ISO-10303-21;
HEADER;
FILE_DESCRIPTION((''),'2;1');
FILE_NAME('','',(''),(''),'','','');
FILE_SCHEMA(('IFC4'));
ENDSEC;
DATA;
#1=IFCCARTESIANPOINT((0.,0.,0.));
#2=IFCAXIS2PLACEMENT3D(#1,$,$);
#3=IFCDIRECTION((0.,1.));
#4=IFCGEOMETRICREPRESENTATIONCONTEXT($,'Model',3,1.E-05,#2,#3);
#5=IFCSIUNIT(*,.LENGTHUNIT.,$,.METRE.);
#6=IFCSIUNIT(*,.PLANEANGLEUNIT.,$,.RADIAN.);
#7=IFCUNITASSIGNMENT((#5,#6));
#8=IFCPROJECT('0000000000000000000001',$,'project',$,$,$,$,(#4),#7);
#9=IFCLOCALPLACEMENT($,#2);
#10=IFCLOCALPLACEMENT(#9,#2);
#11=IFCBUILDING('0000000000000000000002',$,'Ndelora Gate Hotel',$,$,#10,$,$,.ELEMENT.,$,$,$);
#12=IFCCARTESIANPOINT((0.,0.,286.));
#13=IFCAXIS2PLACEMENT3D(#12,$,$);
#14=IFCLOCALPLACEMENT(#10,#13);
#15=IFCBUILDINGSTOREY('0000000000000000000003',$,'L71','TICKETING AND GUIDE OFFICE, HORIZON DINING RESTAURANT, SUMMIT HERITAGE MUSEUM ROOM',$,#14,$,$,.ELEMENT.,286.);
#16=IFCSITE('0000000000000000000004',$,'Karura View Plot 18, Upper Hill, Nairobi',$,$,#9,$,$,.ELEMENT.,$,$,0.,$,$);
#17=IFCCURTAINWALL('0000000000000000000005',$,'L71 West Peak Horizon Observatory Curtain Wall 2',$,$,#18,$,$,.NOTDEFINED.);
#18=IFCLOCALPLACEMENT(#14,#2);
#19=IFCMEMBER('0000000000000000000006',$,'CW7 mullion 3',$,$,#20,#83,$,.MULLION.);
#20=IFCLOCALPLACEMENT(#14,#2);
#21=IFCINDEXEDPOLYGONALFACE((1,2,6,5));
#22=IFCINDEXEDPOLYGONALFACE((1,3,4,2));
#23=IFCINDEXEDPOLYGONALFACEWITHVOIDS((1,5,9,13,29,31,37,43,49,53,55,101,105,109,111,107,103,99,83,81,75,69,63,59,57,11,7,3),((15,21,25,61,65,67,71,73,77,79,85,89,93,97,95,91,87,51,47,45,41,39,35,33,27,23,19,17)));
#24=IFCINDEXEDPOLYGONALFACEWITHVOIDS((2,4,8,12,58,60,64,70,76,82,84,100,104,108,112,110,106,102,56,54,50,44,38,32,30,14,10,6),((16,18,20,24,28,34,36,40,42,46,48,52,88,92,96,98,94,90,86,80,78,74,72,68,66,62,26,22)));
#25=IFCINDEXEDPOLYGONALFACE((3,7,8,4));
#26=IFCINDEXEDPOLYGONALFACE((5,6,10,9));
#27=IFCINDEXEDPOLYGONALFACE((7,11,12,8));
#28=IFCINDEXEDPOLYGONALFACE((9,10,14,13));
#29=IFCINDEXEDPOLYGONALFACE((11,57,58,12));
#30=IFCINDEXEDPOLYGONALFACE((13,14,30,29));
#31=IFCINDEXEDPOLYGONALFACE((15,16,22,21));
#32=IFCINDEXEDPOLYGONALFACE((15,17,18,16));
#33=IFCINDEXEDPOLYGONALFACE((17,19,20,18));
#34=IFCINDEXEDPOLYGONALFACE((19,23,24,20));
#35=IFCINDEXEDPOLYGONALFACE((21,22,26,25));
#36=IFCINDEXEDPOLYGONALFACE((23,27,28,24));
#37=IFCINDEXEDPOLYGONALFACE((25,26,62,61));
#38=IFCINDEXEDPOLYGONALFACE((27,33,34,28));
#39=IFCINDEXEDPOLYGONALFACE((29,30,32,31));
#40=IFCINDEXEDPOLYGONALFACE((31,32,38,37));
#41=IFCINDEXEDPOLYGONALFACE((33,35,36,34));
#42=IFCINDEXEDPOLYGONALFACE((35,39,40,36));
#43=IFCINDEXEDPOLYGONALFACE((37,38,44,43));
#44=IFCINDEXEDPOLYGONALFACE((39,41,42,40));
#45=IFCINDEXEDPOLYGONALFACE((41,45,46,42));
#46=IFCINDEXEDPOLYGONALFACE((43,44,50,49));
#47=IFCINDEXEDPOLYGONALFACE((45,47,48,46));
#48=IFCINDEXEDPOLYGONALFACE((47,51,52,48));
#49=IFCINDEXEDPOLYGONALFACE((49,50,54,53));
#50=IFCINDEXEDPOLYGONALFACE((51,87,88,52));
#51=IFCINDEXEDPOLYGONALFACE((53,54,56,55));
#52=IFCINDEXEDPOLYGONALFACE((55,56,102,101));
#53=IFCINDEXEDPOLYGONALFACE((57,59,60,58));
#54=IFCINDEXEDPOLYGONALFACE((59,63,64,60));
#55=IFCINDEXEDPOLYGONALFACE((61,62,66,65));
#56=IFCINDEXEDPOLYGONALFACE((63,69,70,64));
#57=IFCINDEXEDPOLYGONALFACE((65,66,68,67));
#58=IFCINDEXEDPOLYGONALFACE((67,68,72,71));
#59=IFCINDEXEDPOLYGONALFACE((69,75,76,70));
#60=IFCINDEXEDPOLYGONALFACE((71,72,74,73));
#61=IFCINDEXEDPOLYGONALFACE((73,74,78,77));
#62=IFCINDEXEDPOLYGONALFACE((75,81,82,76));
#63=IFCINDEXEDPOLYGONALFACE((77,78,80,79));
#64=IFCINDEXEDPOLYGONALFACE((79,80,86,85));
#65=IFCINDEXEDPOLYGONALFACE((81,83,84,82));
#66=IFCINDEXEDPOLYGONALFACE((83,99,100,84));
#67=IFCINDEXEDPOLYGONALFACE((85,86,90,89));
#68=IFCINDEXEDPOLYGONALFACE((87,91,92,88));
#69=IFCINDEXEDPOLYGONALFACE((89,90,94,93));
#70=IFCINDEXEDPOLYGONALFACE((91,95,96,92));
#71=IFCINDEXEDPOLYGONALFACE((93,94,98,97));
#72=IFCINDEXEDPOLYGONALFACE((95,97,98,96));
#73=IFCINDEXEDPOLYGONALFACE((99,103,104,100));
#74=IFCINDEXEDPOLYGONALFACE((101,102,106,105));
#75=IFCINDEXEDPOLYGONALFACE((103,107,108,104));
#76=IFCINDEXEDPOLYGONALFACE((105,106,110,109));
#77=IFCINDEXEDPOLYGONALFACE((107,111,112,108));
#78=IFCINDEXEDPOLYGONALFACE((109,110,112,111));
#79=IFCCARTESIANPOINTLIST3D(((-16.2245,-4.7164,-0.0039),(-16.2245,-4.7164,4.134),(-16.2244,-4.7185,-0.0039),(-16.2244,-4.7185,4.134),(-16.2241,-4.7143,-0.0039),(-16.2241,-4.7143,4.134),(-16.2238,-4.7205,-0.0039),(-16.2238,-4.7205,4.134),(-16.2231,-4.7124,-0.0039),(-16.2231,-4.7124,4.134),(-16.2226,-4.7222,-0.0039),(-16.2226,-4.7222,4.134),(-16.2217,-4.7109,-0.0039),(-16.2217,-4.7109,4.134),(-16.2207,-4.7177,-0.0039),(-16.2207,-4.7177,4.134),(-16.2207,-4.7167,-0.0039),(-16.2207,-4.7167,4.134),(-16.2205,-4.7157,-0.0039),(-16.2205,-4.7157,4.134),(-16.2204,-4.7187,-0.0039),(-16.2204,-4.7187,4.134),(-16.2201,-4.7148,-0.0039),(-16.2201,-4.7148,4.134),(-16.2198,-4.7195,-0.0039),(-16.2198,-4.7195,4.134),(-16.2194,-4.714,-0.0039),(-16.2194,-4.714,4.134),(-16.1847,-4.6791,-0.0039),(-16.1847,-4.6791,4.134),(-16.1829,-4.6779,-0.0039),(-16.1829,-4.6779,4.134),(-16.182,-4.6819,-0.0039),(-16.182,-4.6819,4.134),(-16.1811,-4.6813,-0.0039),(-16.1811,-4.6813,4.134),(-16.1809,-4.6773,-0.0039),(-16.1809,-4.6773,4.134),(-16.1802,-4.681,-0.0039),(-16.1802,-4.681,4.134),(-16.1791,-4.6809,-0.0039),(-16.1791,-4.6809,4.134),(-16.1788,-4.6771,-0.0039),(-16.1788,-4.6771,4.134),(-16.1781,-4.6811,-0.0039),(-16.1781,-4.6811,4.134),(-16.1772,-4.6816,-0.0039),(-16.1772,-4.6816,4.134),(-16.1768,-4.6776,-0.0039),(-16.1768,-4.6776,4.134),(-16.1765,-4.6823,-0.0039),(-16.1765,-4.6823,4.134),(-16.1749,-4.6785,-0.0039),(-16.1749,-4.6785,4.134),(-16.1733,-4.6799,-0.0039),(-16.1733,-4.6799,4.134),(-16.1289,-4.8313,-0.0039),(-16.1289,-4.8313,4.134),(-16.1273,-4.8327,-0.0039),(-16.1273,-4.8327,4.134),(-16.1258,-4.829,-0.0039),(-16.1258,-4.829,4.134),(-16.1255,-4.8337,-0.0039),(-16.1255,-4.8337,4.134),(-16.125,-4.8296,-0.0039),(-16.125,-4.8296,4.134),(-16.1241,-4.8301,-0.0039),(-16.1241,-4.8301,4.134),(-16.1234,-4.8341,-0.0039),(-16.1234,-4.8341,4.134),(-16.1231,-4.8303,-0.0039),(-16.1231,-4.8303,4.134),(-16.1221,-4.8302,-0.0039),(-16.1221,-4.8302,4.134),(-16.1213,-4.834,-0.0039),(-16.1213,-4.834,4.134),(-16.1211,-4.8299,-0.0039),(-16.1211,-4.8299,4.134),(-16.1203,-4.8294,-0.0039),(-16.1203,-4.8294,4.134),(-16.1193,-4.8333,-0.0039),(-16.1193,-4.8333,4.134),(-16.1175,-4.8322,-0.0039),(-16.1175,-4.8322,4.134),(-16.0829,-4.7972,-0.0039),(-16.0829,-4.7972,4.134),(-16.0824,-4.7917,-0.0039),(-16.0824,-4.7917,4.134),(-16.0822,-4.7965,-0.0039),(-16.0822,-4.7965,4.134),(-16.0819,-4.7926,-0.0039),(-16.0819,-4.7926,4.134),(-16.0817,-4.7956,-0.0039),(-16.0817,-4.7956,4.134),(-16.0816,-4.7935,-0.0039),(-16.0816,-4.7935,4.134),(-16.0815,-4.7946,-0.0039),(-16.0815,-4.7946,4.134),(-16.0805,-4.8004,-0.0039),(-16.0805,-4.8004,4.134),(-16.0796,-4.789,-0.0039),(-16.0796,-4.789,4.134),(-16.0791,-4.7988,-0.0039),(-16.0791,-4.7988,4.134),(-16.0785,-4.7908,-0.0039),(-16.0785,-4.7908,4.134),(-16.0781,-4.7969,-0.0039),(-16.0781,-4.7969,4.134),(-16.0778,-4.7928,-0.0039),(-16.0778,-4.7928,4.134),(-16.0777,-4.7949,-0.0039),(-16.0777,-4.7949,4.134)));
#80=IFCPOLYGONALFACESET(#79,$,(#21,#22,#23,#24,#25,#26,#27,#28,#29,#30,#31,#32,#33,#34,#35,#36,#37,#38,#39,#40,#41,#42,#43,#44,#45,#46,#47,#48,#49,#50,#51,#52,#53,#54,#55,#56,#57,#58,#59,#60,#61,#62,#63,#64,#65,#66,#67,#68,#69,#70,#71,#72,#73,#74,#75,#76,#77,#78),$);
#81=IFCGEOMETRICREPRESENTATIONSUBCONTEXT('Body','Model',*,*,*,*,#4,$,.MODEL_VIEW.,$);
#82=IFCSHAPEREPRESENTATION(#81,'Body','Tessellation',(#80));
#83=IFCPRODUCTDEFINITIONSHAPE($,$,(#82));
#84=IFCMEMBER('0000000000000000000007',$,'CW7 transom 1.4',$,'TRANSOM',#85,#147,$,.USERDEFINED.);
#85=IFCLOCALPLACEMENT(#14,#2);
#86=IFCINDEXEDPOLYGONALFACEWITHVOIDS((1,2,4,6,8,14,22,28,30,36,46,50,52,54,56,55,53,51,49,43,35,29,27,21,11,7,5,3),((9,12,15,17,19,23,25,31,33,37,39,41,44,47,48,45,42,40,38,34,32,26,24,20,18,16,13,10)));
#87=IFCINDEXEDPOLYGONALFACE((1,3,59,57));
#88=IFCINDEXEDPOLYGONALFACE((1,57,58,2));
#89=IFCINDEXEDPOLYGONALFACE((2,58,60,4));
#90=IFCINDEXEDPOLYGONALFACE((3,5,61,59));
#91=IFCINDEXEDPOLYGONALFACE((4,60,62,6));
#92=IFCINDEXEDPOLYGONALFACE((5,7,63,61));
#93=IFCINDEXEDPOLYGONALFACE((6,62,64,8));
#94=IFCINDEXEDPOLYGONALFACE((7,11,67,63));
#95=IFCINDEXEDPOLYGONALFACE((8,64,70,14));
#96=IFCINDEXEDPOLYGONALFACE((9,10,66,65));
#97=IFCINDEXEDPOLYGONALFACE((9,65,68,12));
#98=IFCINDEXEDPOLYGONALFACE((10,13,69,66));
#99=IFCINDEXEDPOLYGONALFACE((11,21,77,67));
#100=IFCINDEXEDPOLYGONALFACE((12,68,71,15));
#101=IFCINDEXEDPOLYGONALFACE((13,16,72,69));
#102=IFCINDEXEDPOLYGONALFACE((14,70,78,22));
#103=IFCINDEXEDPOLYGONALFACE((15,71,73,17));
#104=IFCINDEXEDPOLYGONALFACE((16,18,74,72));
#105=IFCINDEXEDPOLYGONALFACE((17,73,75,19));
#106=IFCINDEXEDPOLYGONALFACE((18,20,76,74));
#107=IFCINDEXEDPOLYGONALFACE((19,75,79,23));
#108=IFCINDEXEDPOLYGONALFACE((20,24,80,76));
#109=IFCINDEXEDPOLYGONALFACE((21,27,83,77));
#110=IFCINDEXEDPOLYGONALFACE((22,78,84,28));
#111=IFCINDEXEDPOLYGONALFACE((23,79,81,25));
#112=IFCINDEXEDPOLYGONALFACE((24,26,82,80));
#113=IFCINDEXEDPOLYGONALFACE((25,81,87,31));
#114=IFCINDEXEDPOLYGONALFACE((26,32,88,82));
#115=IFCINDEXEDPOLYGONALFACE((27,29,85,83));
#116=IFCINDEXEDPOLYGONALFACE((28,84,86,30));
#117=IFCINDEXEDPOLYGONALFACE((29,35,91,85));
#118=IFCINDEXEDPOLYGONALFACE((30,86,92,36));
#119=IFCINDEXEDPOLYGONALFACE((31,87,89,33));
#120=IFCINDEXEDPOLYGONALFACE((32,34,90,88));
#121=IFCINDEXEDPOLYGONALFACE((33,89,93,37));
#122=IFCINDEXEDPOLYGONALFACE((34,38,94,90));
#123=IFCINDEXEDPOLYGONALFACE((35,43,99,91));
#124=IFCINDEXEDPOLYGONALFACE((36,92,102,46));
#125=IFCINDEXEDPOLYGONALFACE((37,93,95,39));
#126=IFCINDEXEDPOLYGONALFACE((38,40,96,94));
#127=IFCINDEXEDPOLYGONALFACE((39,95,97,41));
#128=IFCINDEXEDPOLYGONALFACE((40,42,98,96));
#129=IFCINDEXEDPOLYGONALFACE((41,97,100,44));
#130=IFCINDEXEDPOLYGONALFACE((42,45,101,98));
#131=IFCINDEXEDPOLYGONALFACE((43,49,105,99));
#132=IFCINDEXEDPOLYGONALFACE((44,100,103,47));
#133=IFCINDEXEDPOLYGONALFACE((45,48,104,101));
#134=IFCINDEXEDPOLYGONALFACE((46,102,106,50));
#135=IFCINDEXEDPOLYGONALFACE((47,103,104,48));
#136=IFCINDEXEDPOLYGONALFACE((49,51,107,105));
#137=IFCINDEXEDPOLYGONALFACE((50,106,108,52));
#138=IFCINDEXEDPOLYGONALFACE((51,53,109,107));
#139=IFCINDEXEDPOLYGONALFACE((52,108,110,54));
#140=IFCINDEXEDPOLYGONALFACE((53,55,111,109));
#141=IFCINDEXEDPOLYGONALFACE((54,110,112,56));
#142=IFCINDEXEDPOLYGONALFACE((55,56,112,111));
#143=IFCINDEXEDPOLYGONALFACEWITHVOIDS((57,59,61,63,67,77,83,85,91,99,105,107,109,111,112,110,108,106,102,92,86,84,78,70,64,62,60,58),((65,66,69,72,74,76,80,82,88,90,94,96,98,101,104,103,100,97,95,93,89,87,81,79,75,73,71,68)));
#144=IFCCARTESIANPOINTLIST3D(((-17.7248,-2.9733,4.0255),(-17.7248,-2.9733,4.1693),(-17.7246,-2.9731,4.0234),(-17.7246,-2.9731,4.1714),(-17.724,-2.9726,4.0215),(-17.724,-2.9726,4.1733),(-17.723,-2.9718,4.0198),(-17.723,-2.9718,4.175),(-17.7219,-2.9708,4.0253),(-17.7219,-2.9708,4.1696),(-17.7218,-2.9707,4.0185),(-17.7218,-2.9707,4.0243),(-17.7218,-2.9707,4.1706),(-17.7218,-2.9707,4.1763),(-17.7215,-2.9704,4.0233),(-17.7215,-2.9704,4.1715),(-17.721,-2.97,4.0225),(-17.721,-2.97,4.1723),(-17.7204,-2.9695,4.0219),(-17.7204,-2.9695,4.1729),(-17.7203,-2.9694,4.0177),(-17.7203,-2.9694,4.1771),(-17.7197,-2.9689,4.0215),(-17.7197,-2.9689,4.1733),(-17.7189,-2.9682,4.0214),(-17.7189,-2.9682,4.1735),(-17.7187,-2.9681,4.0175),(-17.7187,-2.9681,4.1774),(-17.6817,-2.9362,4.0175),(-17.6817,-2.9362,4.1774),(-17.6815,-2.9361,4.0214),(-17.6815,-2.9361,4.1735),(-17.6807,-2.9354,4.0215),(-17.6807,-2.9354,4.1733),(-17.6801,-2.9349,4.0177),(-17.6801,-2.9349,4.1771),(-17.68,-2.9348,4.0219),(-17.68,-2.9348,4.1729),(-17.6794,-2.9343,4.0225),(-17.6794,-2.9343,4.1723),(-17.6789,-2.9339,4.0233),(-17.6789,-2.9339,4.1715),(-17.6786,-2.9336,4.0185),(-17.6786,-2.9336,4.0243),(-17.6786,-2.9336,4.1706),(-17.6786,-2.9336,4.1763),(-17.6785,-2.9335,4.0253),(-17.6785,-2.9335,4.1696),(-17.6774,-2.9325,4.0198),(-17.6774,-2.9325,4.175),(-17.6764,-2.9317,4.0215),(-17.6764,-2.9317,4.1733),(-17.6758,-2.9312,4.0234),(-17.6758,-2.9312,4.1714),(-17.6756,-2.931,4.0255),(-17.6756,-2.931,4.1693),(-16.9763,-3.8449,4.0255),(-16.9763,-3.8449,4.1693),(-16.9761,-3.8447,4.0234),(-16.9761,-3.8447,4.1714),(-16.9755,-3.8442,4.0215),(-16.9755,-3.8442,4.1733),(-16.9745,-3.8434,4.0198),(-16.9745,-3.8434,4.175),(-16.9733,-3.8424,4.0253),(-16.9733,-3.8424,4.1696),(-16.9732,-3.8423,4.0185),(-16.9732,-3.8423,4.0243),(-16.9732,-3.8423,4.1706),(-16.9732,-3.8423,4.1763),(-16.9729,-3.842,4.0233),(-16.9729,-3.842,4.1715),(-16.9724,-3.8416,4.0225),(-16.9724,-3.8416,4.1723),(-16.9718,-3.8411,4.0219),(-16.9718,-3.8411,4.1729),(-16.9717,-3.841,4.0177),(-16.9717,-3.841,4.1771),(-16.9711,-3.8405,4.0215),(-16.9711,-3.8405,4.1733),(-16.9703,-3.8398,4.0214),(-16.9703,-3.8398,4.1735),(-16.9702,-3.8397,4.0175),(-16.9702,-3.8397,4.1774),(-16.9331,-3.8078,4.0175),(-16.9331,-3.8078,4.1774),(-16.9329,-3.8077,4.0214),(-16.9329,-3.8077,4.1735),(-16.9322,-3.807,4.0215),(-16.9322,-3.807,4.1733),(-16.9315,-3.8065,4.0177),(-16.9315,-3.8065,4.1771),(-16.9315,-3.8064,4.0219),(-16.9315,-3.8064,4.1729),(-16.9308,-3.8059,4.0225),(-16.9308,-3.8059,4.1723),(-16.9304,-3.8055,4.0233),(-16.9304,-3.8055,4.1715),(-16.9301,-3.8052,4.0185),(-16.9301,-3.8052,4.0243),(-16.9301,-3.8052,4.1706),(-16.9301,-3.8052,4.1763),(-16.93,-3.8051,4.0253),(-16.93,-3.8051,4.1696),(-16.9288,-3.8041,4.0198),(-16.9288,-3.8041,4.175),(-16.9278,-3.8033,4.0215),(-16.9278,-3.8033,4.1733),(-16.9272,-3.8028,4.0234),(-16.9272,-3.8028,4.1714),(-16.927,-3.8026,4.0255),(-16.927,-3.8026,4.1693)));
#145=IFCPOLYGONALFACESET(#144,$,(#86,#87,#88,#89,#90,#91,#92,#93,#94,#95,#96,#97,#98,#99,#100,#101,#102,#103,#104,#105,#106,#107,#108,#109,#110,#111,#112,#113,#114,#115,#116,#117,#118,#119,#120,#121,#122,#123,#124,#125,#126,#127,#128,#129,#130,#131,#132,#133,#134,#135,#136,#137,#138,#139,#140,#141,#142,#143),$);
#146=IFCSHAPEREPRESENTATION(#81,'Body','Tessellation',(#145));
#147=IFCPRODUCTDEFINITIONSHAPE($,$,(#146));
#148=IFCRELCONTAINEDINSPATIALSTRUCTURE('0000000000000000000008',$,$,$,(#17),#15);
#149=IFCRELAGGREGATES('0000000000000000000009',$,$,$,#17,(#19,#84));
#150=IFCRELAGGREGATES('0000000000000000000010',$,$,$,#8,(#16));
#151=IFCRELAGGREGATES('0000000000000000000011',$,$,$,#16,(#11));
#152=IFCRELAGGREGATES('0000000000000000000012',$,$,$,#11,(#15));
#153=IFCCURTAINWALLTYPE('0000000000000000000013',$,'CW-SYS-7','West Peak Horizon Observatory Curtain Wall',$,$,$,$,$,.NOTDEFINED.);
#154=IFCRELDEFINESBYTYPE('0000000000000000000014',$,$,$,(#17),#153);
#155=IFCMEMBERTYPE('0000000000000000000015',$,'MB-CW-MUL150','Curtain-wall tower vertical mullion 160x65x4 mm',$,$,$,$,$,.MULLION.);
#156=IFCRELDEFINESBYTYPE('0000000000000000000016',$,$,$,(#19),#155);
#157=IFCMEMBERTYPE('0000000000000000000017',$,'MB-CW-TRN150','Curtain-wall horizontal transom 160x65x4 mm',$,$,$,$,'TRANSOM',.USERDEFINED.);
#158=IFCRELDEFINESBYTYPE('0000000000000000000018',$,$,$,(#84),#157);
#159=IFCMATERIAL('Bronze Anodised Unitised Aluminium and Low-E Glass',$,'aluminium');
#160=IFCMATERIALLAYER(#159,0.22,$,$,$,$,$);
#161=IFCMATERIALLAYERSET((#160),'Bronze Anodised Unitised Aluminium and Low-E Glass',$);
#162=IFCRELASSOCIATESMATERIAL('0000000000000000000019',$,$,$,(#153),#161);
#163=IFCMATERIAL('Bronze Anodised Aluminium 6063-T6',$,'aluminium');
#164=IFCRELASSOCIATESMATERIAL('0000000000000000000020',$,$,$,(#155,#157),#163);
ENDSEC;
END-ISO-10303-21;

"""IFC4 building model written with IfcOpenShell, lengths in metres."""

from ifc_helpers import new_model, si_unit, direction, frame, origin, origin_2d, place, context, subcontext, project, spatial, hollow_rectangle, extrude, material, layer, layer_set, material_profile, profile_set, type_object, element, aggregate, save


model = new_model("IFC4")

# Units and contexts
model_context = context("Model", 3, precision=1e-05, world=origin(), true_north=direction((0.0, 1.0)))
body_context = subcontext(model_context, "Body", "Model", "MODEL_VIEW")
ifc_project = project(units=[si_unit("LENGTHUNIT", "METRE"), si_unit("PLANEANGLEUNIT", "RADIAN")], contexts=[model_context])

# Site, building, storey
site_placement = place(None, origin())
site = spatial("IfcSite", under=ifc_project, at=site_placement, Name="Karura View Plot 18, Upper Hill, Nairobi", CompositionType="ELEMENT", RefElevation=0.0)
building_placement = place(site_placement, origin())
building = spatial("IfcBuilding", under=site, at=building_placement, Name="Ndelora Gate Hotel", CompositionType="ELEMENT")
storey_placement = place(building_placement, frame((0.0, 0.0, 286.0)))
storey = spatial("IfcBuildingStorey", under=building, at=storey_placement, Name="L71", Description="TICKETING AND GUIDE OFFICE, HORIZON DINING RESTAURANT, SUMMIT HERITAGE MUSEUM ROOM", CompositionType="ELEMENT", Elevation=286.0)

# Curtain wall, members
ifc_material_1 = material(Name="Bronze Anodised Unitised Aluminium and Low-E Glass", Category="aluminium")
ifc_layer_1 = layer(ifc_material_1, 0.22)
ifc_layer_set_1 = layer_set([ifc_layer_1], Name="Bronze Anodised Unitised Aluminium and Low-E Glass")
curtain_wall_type = type_object("IfcCurtainWallType", Name="CW-SYS-7", Description="West Peak Horizon Observatory Curtain Wall", PredefinedType="NOTDEFINED", material=ifc_layer_set_1)
curtain_wall_placement = place(storey_placement, origin())
curtain_wall = element("IfcCurtainWall", 1, at=curtain_wall_placement, inside=storey, type_object=curtain_wall_type, Name="L71 West Peak Horizon Observatory Curtain Wall 2", PredefinedType="NOTDEFINED")
ifc_material_2 = material(Name="Bronze Anodised Aluminium 6063-T6", Category="aluminium")
ifc_material_profile_1 = material_profile(ifc_material_2, hollow_rectangle(XDim=0.0649, YDim=0.1599, WallThickness=0.0039, InnerFilletRadius=0.0039, OuterFilletRadius=0.0081, at=origin_2d()), Name="ALU 160x65x4")
ifc_profile_set_1 = profile_set([ifc_material_profile_1], Name="Bronze Anodised Aluminium 6063-T6")
member_type_1 = type_object("IfcMemberType", Name="MB-CW-MUL150", Description="Curtain-wall tower vertical mullion 160x65x4 mm", PredefinedType="MULLION", material=ifc_profile_set_1)
member_1_placement = place(storey_placement, frame((-16.1511, -4.7556, -0.0039), z_axis=(0.0, 0.0, 1.0), x_axis=(0.75853, 0.651638, 0.0)))
member_1 = element("IfcMember", 2, at=member_1_placement, type_object=member_type_1, Name="CW7 mullion 3", PredefinedType="MULLION", context=body_context, shape_type="SweptSolid", body=[
    extrude(hollow_rectangle(XDim=0.0649, YDim=0.1599, WallThickness=0.0039, InnerFilletRadius=0.0039, OuterFilletRadius=0.0081, at=origin_2d()), origin(), (0.0, 0.0, 1.0), 4.1379),
])
ifc_material_profile_2 = material_profile(ifc_material_2, hollow_rectangle(XDim=0.0649, YDim=0.1599, WallThickness=0.0039, InnerFilletRadius=0.0039, OuterFilletRadius=0.0081, at=origin_2d()), Name="ALU 160x65x4")
ifc_profile_set_2 = profile_set([ifc_material_profile_2], Name="Bronze Anodised Aluminium 6063-T6")
member_type_2 = type_object("IfcMemberType", Name="MB-CW-TRN150", Description="Curtain-wall horizontal transom 160x65x4 mm", ElementType="TRANSOM", PredefinedType="USERDEFINED", material=ifc_profile_set_2)
member_2_placement = place(storey_placement, frame((-17.7002, -2.9521, 4.0974), z_axis=(0.651526, -0.758626, 0.0), x_axis=(0.758626, 0.651526, 0.0)))
member_2 = element("IfcMember", 3, at=member_2_placement, type_object=member_type_2, Name="CW7 transom 1.4", ObjectType="TRANSOM", PredefinedType="USERDEFINED", context=body_context, shape_type="SweptSolid", body=[
    extrude(hollow_rectangle(XDim=0.0649, YDim=0.1599, WallThickness=0.0039, InnerFilletRadius=0.0039, OuterFilletRadius=0.0081, at=origin_2d()), origin(), (0.0, 0.0, 1.0), 1.1489),
])
aggregate(curtain_wall, [member_1, member_2])

save(model, "model.ifc")
